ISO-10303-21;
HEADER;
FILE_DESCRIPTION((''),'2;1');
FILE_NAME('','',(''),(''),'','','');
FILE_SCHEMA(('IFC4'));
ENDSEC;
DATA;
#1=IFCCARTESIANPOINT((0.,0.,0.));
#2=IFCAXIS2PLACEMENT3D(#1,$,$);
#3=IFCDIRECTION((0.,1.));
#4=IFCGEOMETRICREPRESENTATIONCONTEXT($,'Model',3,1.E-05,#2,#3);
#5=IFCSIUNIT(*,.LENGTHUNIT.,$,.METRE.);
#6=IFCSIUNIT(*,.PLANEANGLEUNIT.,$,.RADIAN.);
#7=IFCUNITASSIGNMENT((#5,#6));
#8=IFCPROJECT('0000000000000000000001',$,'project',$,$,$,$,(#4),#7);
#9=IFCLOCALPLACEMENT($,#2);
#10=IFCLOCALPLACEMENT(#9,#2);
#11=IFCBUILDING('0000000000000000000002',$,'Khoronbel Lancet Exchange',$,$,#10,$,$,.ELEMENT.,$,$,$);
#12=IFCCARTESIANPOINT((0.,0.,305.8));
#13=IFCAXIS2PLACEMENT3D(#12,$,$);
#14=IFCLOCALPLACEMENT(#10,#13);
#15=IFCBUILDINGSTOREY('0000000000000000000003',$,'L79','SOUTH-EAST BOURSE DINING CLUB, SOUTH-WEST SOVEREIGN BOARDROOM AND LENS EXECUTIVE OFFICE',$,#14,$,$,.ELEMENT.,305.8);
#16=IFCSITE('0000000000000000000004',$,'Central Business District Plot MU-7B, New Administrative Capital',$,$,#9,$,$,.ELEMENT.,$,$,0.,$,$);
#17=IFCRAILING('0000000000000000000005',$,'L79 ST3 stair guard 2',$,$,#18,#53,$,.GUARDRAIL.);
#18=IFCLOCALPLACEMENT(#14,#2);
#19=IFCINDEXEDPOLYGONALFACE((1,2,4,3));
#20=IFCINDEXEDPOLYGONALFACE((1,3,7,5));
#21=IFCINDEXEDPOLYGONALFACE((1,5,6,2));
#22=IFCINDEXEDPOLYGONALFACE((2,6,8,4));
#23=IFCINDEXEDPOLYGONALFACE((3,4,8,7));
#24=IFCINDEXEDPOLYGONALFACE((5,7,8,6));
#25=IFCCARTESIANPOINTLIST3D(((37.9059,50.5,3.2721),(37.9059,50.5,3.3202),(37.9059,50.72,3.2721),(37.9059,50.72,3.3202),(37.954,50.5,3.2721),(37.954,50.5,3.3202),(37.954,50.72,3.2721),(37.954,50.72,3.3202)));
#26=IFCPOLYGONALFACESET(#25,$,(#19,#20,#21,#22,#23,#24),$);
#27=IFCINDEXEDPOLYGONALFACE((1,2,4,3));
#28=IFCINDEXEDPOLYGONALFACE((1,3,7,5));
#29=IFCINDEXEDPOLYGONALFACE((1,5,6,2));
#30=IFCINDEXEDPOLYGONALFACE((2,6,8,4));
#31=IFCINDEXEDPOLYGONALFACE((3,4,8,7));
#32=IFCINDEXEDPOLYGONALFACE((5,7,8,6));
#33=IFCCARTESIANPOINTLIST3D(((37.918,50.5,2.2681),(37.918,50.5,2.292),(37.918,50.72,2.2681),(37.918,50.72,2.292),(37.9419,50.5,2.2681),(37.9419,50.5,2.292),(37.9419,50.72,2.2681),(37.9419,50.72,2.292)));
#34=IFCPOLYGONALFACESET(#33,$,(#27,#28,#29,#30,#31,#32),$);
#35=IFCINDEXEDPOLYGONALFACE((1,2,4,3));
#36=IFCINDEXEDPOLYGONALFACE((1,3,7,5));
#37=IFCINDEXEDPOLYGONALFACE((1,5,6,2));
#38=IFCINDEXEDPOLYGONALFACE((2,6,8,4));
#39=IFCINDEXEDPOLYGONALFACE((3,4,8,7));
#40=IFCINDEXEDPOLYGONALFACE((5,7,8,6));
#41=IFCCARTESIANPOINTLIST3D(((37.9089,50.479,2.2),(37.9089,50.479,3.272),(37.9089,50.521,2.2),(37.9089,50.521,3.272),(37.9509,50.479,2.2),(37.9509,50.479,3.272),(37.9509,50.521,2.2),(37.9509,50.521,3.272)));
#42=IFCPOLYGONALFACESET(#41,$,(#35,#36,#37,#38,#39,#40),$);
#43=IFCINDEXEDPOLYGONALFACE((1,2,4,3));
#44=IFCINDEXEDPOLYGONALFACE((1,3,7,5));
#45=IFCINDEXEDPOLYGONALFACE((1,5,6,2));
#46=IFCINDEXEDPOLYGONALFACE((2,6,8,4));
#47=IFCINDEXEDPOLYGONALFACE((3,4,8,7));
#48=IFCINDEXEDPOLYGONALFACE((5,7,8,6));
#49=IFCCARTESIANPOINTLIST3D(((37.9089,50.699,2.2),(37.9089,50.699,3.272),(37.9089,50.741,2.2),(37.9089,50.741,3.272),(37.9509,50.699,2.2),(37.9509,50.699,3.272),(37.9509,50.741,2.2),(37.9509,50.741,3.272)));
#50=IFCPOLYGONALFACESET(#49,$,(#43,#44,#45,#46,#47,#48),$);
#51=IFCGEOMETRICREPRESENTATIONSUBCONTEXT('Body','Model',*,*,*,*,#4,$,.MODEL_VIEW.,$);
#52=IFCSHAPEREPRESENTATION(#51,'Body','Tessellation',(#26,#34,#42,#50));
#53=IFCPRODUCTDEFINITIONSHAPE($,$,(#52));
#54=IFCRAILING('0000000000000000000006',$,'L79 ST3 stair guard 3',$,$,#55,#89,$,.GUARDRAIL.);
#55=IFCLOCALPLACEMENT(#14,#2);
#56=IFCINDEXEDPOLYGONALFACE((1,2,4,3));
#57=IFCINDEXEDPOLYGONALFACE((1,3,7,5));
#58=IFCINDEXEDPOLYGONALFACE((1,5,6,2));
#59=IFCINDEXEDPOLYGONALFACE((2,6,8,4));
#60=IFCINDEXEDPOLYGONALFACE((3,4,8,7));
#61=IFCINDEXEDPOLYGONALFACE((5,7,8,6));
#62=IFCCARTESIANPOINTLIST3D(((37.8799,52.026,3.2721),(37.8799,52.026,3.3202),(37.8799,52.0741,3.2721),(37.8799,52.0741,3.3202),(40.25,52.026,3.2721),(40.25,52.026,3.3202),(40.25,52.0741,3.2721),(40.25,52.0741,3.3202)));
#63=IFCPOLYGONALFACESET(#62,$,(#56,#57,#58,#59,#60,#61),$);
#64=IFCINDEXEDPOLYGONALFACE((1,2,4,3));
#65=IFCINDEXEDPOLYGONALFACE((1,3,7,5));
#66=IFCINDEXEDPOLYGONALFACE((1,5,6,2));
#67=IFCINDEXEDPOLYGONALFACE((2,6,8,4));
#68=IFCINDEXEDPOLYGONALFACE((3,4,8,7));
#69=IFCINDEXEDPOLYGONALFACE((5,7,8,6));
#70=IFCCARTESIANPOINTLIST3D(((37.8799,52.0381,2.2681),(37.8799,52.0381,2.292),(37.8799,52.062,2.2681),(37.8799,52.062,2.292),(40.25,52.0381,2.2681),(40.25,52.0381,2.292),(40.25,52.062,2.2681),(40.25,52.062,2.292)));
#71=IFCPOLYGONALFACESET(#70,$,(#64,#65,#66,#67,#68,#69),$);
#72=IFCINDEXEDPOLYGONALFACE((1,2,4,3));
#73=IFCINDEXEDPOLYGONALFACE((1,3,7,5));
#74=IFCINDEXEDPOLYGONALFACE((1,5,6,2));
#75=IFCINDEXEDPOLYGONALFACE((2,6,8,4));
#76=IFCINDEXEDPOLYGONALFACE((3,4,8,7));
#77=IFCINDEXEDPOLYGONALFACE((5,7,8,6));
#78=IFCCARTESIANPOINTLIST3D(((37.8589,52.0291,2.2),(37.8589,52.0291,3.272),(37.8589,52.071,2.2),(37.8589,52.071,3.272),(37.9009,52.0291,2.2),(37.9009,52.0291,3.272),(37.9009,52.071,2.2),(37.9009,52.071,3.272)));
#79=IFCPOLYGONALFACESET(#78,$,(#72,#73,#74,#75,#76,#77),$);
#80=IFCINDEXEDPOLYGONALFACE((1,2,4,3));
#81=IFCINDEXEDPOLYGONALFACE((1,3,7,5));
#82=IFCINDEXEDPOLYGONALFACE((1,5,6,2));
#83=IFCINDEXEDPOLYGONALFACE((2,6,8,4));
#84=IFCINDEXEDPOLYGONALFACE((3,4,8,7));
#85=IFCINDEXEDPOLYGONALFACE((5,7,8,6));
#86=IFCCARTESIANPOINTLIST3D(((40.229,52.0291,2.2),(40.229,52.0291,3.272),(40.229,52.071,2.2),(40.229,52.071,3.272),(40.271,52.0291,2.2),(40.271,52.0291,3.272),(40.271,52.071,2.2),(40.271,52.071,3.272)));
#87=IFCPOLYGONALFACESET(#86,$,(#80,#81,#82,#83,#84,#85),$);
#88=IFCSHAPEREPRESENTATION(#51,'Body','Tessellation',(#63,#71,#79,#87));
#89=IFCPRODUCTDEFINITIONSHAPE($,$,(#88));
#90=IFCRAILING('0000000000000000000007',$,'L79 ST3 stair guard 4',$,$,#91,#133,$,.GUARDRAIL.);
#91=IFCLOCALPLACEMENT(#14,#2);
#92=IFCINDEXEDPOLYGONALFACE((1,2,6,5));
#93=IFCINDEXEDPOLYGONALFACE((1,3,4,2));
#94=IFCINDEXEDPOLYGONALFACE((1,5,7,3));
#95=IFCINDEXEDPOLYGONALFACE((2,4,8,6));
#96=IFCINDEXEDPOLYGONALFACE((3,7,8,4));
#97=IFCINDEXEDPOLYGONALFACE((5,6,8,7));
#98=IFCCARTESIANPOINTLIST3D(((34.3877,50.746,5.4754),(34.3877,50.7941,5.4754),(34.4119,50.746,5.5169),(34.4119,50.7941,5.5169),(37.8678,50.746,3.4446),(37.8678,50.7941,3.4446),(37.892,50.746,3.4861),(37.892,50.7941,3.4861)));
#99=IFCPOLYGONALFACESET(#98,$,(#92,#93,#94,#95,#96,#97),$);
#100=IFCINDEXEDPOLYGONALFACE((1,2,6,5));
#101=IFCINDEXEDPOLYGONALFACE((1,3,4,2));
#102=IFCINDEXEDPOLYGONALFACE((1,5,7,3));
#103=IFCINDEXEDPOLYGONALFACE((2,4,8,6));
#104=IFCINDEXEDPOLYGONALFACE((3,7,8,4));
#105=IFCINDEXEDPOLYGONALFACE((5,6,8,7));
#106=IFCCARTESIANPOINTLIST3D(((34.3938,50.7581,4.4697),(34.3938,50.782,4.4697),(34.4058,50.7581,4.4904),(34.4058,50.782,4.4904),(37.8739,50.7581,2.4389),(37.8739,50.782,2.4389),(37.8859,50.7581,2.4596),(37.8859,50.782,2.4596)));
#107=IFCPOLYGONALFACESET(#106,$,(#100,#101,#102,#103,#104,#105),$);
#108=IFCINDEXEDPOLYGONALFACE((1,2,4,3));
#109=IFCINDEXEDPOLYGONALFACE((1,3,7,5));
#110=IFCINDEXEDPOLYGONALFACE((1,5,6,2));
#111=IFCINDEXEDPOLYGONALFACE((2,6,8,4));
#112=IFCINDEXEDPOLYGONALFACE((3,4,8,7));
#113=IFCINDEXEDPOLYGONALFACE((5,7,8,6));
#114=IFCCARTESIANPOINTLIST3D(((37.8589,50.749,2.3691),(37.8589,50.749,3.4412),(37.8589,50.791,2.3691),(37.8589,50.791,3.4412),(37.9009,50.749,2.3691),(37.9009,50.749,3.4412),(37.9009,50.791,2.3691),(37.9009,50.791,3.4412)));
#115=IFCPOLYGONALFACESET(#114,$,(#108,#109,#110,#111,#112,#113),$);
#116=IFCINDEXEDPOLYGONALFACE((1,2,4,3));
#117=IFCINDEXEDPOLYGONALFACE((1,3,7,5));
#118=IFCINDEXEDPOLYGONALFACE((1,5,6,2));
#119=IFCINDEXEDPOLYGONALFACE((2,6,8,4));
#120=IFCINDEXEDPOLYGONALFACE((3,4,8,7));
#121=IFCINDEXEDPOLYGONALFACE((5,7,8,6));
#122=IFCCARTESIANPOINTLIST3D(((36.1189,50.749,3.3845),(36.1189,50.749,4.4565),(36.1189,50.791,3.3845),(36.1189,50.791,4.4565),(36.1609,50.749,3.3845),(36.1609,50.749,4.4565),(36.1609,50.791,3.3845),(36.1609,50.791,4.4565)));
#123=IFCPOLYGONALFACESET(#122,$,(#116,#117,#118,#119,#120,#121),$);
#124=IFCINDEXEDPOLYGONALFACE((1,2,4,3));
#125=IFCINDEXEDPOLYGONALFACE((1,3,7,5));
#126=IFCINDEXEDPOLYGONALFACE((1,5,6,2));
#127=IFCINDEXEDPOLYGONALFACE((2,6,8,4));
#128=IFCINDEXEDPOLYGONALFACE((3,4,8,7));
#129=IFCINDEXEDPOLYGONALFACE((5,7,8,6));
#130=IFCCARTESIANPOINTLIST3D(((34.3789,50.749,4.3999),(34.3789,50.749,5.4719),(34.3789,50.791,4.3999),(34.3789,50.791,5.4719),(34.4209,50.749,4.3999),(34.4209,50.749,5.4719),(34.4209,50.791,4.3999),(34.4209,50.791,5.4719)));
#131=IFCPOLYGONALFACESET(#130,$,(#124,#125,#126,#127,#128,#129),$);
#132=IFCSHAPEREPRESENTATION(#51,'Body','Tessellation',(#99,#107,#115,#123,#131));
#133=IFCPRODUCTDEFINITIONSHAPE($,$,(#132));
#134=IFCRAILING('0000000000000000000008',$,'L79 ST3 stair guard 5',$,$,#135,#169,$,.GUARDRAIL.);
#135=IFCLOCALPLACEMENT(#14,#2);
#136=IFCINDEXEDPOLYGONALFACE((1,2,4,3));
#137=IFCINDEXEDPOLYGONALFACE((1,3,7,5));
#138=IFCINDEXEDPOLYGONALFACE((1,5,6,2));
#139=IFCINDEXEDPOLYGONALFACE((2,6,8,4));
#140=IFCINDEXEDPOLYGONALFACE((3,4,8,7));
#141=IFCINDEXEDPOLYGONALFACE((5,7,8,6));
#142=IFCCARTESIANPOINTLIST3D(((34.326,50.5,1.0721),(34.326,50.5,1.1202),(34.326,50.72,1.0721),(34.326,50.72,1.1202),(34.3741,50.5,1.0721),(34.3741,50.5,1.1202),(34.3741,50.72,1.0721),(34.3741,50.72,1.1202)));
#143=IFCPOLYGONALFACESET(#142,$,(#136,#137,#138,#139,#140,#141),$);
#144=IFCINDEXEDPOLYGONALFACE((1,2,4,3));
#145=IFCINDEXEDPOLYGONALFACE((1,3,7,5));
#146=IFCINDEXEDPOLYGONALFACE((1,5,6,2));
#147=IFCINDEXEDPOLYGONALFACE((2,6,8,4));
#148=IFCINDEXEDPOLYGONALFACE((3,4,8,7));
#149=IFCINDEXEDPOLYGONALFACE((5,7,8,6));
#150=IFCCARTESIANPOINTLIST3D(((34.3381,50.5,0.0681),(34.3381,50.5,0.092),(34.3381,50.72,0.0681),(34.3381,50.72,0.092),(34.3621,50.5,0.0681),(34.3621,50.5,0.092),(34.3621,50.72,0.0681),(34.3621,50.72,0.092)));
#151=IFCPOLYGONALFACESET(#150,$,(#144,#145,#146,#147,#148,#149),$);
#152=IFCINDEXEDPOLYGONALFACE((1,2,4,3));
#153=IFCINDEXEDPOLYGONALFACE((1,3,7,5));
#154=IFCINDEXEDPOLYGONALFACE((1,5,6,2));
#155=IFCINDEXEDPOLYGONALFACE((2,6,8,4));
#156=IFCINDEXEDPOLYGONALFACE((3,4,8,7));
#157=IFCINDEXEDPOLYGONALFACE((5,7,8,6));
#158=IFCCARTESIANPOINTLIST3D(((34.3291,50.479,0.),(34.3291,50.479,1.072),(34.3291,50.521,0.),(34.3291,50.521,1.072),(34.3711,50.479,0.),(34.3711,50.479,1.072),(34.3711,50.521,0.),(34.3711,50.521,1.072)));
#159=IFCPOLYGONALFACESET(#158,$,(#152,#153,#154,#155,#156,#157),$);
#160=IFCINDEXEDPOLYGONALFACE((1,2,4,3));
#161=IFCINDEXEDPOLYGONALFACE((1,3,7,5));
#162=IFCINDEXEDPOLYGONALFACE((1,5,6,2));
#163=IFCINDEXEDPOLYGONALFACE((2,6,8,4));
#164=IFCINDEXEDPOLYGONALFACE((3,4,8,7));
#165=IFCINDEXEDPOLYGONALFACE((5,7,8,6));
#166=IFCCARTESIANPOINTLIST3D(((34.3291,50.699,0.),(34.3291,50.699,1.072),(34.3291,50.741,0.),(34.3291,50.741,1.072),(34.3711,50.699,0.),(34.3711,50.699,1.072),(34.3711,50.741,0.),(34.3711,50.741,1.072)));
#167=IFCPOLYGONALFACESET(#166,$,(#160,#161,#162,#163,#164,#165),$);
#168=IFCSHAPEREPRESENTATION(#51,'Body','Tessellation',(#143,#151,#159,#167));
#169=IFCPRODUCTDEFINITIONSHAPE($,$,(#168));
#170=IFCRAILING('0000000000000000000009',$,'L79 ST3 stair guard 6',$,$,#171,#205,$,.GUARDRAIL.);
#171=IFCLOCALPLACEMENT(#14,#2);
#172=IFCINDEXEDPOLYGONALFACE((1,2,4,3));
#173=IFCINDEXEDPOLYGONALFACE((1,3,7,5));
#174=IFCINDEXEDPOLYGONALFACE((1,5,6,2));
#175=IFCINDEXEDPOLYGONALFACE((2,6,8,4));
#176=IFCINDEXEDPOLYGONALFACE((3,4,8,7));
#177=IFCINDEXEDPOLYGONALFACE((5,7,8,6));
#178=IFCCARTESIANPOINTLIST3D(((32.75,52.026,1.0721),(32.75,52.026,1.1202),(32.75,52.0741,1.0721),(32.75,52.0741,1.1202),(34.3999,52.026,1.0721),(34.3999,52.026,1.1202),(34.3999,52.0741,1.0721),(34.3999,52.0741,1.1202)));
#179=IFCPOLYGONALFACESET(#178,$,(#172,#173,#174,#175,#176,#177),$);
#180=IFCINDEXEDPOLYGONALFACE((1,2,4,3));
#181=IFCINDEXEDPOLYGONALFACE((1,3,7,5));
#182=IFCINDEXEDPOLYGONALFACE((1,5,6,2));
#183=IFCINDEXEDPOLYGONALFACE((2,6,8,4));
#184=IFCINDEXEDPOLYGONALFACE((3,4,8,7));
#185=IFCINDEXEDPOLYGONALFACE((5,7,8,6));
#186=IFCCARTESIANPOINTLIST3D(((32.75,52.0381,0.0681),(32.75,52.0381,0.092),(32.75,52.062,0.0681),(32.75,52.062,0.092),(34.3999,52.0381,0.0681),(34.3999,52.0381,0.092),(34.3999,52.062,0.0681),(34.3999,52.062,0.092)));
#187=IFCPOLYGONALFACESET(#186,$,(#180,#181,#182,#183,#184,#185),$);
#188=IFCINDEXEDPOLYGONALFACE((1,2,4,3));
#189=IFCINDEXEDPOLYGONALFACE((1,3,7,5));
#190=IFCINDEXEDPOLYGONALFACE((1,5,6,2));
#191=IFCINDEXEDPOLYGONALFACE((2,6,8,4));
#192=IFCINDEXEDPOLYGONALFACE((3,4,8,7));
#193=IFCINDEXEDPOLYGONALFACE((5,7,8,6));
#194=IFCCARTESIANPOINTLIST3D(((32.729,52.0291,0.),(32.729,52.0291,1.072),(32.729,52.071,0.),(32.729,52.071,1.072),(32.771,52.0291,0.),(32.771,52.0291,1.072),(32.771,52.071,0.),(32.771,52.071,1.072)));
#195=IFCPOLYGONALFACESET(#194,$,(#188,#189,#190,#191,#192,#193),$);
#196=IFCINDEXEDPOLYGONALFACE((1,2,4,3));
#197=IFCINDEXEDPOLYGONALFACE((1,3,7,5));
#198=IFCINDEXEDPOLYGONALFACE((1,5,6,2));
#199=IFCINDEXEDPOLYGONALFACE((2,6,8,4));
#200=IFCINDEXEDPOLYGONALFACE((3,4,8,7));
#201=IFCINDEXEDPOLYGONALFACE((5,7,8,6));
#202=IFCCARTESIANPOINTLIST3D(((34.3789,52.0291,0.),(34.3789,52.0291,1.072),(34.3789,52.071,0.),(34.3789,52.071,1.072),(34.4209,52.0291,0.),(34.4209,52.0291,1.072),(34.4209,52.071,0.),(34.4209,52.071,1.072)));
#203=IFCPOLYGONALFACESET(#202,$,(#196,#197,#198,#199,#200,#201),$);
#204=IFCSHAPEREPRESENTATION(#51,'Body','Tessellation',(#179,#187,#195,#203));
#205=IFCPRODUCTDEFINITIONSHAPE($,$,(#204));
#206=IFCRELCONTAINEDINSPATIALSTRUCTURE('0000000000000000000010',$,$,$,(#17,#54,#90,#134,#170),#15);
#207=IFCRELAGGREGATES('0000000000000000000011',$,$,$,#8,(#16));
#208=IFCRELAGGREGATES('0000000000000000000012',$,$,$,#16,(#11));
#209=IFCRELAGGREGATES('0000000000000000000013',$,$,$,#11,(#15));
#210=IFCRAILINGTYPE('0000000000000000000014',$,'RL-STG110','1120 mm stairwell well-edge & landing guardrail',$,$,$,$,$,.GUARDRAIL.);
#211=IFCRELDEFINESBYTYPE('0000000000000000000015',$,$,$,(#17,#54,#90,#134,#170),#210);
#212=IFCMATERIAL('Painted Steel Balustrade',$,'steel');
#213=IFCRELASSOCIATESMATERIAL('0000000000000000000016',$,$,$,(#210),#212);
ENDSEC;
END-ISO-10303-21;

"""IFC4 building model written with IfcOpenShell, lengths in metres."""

from ifc_helpers import new_model, si_unit, direction, frame, origin, origin_2d, place, context, subcontext, project, spatial, rectangle, extrude, material, type_object, element, save


model = new_model("IFC4")

# Units and contexts
model_context = context("Model", 3, precision=1e-05, world=origin(), true_north=direction((0.0, 1.0)))
body_context = subcontext(model_context, "Body", "Model", "MODEL_VIEW")
ifc_project = project(units=[si_unit("LENGTHUNIT", "METRE"), si_unit("PLANEANGLEUNIT", "RADIAN")], contexts=[model_context])

# Site, building, storey
site_placement = place(None, origin())
site = spatial("IfcSite", under=ifc_project, at=site_placement, Name="Central Business District Plot MU-7B, New Administrative Capital", CompositionType="ELEMENT", RefElevation=0.0)
building_placement = place(site_placement, origin())
building = spatial("IfcBuilding", under=site, at=building_placement, Name="Khoronbel Lancet Exchange", CompositionType="ELEMENT")
storey_placement = place(building_placement, frame((0.0, 0.0, 305.8)))
storey = spatial("IfcBuildingStorey", under=building, at=storey_placement, Name="L79", Description="SOUTH-EAST BOURSE DINING CLUB, SOUTH-WEST SOVEREIGN BOARDROOM AND LENS EXECUTIVE OFFICE", CompositionType="ELEMENT", Elevation=305.8)

# Railings
ifc_material_1 = material(Name="Painted Steel Balustrade", Category="steel")
railing_type_1 = type_object("IfcRailingType", Name="RL-STG110", Description="1120 mm stairwell well-edge & landing guardrail", PredefinedType="GUARDRAIL", material=ifc_material_1)
railing_1_placement = place(storey_placement, frame((37.9299, 50.5, 2.2)))
element("IfcRailing", 1, at=railing_1_placement, inside=storey, type_object=railing_type_1, Name="L79 ST3 stair guard 2", PredefinedType="GUARDRAIL", context=body_context, shape_type="SweptSolid", body=[
    extrude(rectangle(XDim=0.0481, YDim=0.0481, at=origin_2d()), frame((0.0, 0.0, 1.0962), z_axis=(0.0, 1.0, 0.0), x_axis=(-1.0, 0.0, 0.0)), (0.0, 0.0, 1.0), 0.22),
    extrude(rectangle(XDim=0.0239, YDim=0.0239, at=origin_2d()), frame((0.0, 0.0, 0.0801), z_axis=(0.0, 1.0, 0.0), x_axis=(-1.0, 0.0, 0.0)), (0.0, 0.0, 1.0), 0.22),
    extrude(rectangle(XDim=0.042, YDim=0.042, at=origin_2d()), origin(), (0.0, 0.0, 1.0), 1.072),
    extrude(rectangle(XDim=0.042, YDim=0.042, at=origin_2d()), frame((0.0, 0.22, 0.0)), (0.0, 0.0, 1.0), 1.072),
])
railing_2_placement = place(storey_placement, frame((37.8799, 52.05, 2.2)))
element("IfcRailing", 2, at=railing_2_placement, inside=storey, type_object=railing_type_1, Name="L79 ST3 stair guard 3", PredefinedType="GUARDRAIL", context=body_context, shape_type="SweptSolid", body=[
    extrude(rectangle(XDim=0.0481, YDim=0.0481, at=origin_2d()), frame((0.0, 0.0, 1.0962), z_axis=(1.0, 0.0, 0.0), x_axis=(0.0, 1.0, 0.0)), (0.0, 0.0, 1.0), 2.3701),
    extrude(rectangle(XDim=0.0239, YDim=0.0239, at=origin_2d()), frame((0.0, 0.0, 0.0801), z_axis=(1.0, 0.0, 0.0), x_axis=(0.0, 1.0, 0.0)), (0.0, 0.0, 1.0), 2.3701),
    extrude(rectangle(XDim=0.042, YDim=0.042, at=origin_2d()), origin(), (0.0, 0.0, 1.0), 1.072),
    extrude(rectangle(XDim=0.042, YDim=0.042, at=origin_2d()), frame((2.3701, 0.0, 0.0)), (0.0, 0.0, 1.0), 1.072),
])
railing_3_placement = place(storey_placement, frame((37.8799, 50.77, 2.3691)))
element("IfcRailing", 3, at=railing_3_placement, inside=storey, type_object=railing_type_1, Name="L79 ST3 stair guard 4", PredefinedType="GUARDRAIL", context=body_context, shape_type="SweptSolid", body=[
    extrude(rectangle(XDim=0.0481, YDim=0.0481, at=origin_2d()), frame((0.0, 0.0, 1.0962), z_axis=(-0.863695, 0.0, 0.504014), x_axis=(0.0, -1.0, 0.0)), (0.0, 0.0, 1.0), 4.0293),
    extrude(rectangle(XDim=0.0239, YDim=0.0239, at=origin_2d()), frame((0.0, 0.0, 0.0801), z_axis=(-0.863695, 0.0, 0.504014), x_axis=(0.0, -1.0, 0.0)), (0.0, 0.0, 1.0), 4.0293),
    extrude(rectangle(XDim=0.042, YDim=0.042, at=origin_2d()), origin(), (0.0, 0.0, 1.0), 1.072),
    extrude(rectangle(XDim=0.042, YDim=0.042, at=origin_2d()), frame((-1.74, 0.0, 1.0154)), (0.0, 0.0, 1.0), 1.072),
    extrude(rectangle(XDim=0.042, YDim=0.042, at=origin_2d()), frame((-3.48, 0.0, 2.0308)), (0.0, 0.0, 1.0), 1.072),
])
railing_4_placement = place(storey_placement, frame((34.3501, 50.5, 0.0)))
element("IfcRailing", 4, at=railing_4_placement, inside=storey, type_object=railing_type_1, Name="L79 ST3 stair guard 5", PredefinedType="GUARDRAIL", context=body_context, shape_type="SweptSolid", body=[
    extrude(rectangle(XDim=0.0481, YDim=0.0481, at=origin_2d()), frame((0.0, 0.0, 1.0962), z_axis=(0.0, 1.0, 0.0), x_axis=(-1.0, 0.0, 0.0)), (0.0, 0.0, 1.0), 0.22),
    extrude(rectangle(XDim=0.0239, YDim=0.0239, at=origin_2d()), frame((0.0, 0.0, 0.0801), z_axis=(0.0, 1.0, 0.0), x_axis=(-1.0, 0.0, 0.0)), (0.0, 0.0, 1.0), 0.22),
    extrude(rectangle(XDim=0.042, YDim=0.042, at=origin_2d()), origin(), (0.0, 0.0, 1.0), 1.072),
    extrude(rectangle(XDim=0.042, YDim=0.042, at=origin_2d()), frame((0.0, 0.22, 0.0)), (0.0, 0.0, 1.0), 1.072),
])
railing_5_placement = place(storey_placement, frame((32.75, 52.05, 0.0)))
element("IfcRailing", 5, at=railing_5_placement, inside=storey, type_object=railing_type_1, Name="L79 ST3 stair guard 6", PredefinedType="GUARDRAIL", context=body_context, shape_type="SweptSolid", body=[
    extrude(rectangle(XDim=0.0481, YDim=0.0481, at=origin_2d()), frame((0.0, 0.0, 1.0962), z_axis=(1.0, 0.0, 0.0), x_axis=(0.0, 1.0, 0.0)), (0.0, 0.0, 1.0), 1.6499),
    extrude(rectangle(XDim=0.0239, YDim=0.0239, at=origin_2d()), frame((0.0, 0.0, 0.0801), z_axis=(1.0, 0.0, 0.0), x_axis=(0.0, 1.0, 0.0)), (0.0, 0.0, 1.0), 1.6499),
    extrude(rectangle(XDim=0.042, YDim=0.042, at=origin_2d()), origin(), (0.0, 0.0, 1.0), 1.072),
    extrude(rectangle(XDim=0.042, YDim=0.042, at=origin_2d()), frame((1.6499, 0.0, 0.0)), (0.0, 0.0, 1.0), 1.072),
])

save(model, "model.ifc")
